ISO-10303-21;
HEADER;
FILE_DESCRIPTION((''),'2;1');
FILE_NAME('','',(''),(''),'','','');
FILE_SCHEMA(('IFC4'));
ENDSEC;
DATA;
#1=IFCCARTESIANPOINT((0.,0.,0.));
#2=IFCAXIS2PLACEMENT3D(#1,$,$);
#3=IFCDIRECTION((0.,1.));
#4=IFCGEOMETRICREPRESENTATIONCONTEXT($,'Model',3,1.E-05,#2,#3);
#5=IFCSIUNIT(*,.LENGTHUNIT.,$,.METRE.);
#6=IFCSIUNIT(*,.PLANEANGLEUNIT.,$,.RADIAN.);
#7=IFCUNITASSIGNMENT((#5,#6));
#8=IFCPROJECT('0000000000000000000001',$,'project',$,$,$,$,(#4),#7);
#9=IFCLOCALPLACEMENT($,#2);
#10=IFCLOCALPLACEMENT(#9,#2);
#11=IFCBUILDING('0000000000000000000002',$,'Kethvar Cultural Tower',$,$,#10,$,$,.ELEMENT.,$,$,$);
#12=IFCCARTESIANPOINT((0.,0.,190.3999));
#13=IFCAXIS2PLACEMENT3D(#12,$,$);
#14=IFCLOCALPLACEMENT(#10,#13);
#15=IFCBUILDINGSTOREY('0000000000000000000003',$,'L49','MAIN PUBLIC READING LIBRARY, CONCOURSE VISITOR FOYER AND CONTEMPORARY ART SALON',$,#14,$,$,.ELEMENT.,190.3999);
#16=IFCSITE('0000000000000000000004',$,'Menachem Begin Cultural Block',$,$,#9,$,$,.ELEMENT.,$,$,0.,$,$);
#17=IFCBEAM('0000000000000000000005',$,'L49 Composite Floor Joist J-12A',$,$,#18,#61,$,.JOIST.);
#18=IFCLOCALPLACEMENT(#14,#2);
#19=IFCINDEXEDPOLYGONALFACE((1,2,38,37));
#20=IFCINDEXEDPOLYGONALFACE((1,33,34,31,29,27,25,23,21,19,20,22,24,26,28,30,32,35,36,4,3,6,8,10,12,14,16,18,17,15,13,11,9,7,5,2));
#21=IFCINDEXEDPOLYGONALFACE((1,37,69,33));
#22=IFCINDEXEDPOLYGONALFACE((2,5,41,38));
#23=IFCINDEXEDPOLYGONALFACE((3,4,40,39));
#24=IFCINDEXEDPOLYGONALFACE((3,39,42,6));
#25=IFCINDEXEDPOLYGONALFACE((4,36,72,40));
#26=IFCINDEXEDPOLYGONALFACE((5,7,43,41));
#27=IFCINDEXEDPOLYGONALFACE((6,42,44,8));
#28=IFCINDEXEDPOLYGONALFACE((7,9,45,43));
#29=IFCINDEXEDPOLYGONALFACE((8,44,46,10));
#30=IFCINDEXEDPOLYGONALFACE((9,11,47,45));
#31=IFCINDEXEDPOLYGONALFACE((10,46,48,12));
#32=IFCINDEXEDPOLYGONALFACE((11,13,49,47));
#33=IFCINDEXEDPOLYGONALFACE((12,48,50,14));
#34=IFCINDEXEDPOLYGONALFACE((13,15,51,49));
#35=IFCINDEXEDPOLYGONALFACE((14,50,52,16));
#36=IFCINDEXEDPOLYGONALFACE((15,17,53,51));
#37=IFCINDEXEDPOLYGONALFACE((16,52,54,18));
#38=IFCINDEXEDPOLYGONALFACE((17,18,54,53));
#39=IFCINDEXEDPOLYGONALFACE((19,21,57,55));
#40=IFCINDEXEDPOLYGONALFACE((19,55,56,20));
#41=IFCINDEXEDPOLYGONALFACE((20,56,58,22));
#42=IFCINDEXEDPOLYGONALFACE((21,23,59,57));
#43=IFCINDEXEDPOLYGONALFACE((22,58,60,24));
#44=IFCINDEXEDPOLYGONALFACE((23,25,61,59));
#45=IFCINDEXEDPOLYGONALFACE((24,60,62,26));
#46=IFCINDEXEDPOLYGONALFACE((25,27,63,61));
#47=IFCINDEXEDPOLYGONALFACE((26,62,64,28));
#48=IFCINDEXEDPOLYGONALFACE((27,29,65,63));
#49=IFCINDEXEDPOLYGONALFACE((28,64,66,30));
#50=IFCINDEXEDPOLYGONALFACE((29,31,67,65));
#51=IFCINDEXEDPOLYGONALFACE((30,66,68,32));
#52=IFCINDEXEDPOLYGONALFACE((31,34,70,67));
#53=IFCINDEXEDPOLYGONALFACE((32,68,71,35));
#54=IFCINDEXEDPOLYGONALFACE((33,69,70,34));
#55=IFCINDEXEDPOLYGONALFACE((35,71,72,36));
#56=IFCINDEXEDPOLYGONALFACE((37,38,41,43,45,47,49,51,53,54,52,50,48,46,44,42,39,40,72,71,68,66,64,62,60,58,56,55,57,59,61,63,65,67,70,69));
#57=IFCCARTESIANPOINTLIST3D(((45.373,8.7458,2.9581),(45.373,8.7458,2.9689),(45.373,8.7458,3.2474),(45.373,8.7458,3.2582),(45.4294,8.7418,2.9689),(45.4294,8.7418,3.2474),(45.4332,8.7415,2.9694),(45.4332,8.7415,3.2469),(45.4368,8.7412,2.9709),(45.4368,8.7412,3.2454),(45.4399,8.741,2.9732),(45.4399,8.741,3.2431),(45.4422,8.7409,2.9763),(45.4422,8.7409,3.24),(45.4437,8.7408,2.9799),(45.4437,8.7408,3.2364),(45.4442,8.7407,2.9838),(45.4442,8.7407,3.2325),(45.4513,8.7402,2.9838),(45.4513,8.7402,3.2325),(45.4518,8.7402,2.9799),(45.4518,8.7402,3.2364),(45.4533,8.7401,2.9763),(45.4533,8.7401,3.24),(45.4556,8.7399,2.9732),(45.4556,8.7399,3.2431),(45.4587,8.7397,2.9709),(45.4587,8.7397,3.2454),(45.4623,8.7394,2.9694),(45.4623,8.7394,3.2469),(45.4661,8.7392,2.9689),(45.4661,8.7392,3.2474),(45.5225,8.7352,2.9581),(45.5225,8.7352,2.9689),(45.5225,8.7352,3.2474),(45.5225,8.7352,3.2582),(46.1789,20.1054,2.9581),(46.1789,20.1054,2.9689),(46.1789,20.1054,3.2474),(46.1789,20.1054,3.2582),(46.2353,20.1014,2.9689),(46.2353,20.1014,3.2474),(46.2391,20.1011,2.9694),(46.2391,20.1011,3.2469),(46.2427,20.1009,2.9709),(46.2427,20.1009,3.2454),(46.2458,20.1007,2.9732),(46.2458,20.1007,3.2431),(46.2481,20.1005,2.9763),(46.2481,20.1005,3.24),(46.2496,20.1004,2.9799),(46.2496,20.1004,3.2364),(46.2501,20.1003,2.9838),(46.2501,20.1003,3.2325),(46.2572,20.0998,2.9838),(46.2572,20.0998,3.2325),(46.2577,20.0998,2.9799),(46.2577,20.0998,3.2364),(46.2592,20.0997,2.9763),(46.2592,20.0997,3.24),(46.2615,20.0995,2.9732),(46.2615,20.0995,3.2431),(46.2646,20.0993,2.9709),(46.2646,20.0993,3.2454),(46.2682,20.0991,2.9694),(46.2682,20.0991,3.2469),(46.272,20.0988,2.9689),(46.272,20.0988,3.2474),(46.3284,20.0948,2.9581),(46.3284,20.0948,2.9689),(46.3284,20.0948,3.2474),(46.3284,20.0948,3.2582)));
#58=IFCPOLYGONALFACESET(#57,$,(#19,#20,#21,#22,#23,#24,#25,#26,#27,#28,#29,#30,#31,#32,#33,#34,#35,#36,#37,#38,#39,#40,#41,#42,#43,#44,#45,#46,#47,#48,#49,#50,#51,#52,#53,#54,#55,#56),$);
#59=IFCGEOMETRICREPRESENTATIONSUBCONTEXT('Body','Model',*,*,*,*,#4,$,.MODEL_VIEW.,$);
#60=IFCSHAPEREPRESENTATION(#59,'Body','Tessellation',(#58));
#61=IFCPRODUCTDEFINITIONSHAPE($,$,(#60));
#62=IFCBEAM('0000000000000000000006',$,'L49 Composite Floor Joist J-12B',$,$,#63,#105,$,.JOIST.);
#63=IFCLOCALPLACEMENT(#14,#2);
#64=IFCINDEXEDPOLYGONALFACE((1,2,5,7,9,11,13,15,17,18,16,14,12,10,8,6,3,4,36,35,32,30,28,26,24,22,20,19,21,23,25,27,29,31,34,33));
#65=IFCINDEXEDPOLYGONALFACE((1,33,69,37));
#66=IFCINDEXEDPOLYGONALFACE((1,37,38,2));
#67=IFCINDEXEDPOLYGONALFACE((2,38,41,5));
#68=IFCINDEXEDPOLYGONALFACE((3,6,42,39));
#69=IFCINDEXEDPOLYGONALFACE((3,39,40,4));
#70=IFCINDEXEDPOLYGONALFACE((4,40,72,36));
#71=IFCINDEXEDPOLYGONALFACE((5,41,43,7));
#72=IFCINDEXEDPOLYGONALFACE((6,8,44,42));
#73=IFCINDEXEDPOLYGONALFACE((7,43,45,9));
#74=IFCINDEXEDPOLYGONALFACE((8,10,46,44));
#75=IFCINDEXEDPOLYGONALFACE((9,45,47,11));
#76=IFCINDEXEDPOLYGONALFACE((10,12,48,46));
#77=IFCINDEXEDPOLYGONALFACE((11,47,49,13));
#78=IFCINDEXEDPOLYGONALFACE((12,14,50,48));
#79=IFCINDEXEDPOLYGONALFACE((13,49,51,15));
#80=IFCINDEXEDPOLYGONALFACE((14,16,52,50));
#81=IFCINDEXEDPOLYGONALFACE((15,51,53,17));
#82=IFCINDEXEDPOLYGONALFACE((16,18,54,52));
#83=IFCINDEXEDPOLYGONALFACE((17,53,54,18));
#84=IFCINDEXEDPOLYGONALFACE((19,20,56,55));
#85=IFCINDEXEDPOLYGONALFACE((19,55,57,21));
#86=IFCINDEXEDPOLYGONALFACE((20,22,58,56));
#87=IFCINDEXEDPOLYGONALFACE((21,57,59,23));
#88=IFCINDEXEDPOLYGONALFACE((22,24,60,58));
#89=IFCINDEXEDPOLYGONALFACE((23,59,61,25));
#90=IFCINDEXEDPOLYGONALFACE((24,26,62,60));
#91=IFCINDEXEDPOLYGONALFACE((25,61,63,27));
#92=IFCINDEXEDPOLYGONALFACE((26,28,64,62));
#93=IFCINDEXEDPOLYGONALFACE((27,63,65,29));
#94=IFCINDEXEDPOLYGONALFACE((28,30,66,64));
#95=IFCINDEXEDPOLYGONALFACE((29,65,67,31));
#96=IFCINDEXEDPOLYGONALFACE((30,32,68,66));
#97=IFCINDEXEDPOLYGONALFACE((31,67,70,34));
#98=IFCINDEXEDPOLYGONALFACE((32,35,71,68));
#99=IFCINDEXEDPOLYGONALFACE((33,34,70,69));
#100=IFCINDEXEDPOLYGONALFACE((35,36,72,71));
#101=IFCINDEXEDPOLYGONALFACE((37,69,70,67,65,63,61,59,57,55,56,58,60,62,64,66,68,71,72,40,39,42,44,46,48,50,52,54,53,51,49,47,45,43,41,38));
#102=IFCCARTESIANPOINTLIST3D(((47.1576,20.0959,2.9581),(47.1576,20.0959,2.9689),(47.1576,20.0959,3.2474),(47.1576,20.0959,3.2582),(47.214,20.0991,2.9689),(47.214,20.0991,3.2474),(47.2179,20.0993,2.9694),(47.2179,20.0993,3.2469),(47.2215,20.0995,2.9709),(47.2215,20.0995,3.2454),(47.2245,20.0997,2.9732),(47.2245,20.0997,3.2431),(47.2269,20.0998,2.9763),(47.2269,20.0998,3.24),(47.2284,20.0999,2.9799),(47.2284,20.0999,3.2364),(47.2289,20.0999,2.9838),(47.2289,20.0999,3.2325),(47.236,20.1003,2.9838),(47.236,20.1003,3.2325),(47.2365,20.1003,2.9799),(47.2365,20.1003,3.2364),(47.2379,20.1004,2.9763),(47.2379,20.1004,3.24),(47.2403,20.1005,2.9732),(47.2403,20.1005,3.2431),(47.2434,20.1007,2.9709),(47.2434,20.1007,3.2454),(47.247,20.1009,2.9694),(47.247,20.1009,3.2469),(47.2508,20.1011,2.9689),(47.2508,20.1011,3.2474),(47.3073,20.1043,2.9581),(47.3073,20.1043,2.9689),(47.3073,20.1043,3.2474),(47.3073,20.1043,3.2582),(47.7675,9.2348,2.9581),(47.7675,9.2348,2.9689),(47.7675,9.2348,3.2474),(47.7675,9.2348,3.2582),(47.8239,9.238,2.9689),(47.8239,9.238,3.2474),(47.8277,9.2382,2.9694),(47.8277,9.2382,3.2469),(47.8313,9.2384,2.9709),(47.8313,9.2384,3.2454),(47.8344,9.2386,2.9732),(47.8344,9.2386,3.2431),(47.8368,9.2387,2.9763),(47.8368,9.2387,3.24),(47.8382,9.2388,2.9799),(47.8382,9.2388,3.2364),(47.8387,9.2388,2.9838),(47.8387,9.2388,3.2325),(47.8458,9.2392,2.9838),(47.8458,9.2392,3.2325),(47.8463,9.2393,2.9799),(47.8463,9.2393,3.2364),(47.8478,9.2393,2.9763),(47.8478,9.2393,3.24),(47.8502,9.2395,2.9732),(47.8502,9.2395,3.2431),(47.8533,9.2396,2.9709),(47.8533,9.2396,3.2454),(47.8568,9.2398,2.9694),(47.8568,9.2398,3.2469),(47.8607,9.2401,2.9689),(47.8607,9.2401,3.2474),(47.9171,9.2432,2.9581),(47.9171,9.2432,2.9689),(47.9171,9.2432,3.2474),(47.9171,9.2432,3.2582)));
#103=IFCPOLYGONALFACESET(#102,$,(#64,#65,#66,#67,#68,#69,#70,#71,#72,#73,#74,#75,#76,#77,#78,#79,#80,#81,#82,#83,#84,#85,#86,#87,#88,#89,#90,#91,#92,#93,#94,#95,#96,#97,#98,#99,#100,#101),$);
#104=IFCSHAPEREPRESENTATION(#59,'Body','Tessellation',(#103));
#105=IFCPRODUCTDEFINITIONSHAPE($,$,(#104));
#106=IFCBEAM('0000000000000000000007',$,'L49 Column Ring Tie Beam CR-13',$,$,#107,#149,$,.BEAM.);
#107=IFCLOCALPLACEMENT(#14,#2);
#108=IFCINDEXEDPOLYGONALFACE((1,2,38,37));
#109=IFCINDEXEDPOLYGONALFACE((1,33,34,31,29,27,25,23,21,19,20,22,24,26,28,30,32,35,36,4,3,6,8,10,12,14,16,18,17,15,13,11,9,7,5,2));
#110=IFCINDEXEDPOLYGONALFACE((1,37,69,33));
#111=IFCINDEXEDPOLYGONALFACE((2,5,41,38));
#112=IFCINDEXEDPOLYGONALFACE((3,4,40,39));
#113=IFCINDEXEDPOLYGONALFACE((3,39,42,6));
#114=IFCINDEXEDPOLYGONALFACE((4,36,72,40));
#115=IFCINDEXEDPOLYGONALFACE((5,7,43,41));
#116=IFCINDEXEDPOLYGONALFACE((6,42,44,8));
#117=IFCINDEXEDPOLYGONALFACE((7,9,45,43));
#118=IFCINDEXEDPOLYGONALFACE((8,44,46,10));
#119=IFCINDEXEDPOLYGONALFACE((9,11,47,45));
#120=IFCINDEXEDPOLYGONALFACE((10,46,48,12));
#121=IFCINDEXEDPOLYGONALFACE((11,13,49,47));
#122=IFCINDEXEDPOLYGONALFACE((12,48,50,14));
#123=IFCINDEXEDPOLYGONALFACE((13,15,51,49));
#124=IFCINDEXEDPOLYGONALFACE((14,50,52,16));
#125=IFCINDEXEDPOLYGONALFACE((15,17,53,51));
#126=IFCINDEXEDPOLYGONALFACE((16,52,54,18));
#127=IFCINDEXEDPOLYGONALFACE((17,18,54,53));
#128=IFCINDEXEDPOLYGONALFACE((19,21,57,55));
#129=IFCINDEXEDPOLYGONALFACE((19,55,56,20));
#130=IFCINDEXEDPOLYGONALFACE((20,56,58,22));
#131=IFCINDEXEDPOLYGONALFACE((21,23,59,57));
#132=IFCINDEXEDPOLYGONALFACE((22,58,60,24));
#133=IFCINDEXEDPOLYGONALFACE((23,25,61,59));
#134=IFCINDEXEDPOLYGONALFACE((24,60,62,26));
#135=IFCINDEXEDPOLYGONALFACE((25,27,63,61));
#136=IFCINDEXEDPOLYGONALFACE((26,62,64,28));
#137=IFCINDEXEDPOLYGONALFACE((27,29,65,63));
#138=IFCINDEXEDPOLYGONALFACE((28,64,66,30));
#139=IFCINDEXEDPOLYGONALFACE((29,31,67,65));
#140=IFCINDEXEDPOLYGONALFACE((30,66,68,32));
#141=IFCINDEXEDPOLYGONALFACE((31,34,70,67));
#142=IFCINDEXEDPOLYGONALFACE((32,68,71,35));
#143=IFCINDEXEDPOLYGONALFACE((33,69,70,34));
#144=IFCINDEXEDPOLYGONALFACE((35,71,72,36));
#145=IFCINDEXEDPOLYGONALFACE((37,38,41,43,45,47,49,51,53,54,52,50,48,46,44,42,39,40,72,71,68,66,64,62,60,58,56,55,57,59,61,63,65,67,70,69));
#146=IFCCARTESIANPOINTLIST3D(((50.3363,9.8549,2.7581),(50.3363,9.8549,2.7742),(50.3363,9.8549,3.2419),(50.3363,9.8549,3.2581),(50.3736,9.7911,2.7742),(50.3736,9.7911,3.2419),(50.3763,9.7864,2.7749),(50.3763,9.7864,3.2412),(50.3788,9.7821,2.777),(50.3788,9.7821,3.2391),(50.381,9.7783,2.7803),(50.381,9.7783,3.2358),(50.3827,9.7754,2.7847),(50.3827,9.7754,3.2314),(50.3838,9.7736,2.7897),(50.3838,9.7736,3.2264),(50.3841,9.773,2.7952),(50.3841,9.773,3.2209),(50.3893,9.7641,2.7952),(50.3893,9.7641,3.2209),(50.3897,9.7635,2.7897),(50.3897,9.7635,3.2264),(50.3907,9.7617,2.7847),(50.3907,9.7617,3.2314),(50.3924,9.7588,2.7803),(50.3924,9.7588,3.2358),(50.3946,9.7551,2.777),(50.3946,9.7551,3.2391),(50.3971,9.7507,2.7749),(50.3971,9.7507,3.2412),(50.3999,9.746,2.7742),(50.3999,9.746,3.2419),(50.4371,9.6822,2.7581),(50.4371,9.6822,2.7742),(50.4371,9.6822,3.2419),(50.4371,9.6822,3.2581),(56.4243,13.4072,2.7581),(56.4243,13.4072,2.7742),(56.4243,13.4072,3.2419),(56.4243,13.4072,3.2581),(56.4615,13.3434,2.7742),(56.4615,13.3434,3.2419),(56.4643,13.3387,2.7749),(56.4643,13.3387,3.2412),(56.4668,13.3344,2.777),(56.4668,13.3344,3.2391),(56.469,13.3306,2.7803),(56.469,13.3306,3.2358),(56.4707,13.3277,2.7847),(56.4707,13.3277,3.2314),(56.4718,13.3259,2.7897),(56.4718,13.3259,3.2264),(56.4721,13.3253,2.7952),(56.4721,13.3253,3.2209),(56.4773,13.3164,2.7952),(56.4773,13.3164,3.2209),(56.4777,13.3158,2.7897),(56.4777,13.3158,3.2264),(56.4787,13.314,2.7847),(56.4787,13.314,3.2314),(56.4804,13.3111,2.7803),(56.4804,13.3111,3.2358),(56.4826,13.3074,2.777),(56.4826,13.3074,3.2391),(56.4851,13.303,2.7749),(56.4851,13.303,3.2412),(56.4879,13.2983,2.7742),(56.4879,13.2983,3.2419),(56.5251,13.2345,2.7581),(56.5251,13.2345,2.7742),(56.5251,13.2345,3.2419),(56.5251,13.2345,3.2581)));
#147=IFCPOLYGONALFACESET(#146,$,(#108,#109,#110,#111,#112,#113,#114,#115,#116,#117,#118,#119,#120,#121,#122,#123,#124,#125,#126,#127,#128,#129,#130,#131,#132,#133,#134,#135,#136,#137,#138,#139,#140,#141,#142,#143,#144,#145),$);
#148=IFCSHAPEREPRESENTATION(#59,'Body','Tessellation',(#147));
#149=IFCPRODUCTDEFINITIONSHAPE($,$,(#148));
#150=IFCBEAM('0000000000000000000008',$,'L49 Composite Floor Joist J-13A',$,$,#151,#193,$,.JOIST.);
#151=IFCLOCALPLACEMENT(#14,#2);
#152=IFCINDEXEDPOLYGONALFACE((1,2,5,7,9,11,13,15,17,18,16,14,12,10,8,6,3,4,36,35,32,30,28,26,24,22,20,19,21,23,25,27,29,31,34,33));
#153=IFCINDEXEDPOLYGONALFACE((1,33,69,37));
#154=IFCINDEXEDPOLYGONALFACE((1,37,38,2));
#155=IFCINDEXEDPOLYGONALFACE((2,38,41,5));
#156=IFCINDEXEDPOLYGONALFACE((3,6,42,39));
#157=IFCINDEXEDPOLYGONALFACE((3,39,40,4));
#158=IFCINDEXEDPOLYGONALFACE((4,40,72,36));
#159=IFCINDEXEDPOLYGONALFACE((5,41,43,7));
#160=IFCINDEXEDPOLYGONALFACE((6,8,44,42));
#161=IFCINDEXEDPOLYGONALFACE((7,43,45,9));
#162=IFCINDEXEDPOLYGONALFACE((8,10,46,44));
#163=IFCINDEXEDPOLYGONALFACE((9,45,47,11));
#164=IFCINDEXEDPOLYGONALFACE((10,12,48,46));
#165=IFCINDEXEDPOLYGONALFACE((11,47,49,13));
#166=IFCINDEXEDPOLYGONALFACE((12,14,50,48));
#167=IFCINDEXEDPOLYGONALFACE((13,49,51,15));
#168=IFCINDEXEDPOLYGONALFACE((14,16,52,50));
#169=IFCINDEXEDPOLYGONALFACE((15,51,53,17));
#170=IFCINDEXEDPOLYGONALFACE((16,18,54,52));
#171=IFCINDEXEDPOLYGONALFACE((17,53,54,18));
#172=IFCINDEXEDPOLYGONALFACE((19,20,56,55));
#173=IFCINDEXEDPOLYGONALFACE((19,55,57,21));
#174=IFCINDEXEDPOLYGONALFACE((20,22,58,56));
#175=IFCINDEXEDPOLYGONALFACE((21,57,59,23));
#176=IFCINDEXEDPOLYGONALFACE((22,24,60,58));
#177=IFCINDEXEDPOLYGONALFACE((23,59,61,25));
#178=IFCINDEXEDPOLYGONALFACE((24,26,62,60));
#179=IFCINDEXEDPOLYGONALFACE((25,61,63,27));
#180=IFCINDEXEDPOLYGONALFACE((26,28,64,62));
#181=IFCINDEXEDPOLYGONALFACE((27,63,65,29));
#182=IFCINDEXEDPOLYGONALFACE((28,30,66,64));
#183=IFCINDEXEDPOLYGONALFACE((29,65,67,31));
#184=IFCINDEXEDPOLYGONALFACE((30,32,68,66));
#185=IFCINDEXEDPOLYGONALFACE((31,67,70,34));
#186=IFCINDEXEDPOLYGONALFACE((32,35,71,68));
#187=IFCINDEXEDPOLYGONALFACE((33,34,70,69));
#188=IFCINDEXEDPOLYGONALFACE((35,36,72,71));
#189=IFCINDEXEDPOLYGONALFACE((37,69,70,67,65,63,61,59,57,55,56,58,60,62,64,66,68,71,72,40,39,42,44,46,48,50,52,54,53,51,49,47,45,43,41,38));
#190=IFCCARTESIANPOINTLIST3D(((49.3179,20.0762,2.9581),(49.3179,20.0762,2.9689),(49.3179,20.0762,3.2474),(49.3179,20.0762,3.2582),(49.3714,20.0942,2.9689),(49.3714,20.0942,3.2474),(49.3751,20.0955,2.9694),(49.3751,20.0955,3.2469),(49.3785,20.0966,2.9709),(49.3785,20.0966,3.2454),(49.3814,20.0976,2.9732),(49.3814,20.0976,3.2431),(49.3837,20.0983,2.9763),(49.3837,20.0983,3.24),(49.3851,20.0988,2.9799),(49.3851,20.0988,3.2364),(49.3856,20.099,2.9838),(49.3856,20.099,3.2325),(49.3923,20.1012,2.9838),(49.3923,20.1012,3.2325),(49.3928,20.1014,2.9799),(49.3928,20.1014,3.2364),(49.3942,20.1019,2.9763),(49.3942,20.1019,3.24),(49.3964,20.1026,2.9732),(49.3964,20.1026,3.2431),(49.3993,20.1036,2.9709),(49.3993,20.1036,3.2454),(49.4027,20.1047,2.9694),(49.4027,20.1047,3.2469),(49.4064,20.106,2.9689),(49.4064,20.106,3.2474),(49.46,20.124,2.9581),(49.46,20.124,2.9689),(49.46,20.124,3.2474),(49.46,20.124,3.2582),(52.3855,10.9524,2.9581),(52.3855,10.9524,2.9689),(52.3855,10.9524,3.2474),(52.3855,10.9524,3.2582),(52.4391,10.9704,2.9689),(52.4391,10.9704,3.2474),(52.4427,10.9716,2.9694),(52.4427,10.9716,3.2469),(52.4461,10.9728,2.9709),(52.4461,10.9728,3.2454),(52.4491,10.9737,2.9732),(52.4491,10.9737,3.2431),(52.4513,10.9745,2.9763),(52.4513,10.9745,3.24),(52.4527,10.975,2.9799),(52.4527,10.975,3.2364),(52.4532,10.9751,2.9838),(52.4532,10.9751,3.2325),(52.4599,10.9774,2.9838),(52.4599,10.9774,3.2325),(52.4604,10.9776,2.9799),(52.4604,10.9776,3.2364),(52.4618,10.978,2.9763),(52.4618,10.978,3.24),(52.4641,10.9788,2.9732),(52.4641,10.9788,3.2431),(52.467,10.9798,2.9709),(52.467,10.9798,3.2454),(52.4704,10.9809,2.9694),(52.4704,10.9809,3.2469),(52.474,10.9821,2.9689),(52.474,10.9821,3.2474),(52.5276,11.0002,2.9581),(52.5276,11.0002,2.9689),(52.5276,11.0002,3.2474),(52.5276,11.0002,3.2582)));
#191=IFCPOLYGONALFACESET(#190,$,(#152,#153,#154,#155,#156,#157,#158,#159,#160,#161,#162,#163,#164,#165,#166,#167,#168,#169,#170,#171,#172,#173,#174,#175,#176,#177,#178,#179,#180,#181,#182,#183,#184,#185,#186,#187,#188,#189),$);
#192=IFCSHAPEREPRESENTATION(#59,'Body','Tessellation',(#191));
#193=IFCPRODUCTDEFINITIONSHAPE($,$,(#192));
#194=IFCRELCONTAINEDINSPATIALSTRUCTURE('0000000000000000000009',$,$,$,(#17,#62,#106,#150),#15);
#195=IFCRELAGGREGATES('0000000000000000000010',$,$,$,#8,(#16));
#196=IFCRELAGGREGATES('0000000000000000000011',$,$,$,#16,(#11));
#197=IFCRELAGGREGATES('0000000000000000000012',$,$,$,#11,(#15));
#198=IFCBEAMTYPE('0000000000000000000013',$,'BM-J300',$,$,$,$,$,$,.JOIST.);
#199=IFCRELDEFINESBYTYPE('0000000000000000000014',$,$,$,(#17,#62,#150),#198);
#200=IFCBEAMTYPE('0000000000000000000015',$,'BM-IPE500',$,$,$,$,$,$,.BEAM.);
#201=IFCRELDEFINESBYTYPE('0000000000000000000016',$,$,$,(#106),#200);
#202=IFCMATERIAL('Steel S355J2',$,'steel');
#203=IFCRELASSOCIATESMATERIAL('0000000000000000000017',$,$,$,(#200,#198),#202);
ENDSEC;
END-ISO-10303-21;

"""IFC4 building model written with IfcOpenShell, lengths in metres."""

from ifc_helpers import new_model, si_unit, direction, frame, origin, origin_2d, place, context, subcontext, project, spatial, i_section, extrude, source, transform, mapped, material, material_profile, profile_set, type_object, element, save


model = new_model("IFC4")

# Units and contexts
model_context = context("Model", 3, precision=1e-05, world=origin(), true_north=direction((0.0, 1.0)))
body_context = subcontext(model_context, "Body", "Model", "MODEL_VIEW")
ifc_project = project(units=[si_unit("LENGTHUNIT", "METRE"), si_unit("PLANEANGLEUNIT", "RADIAN")], contexts=[model_context])

# Site, building, storey
site_placement = place(None, origin())
site = spatial("IfcSite", under=ifc_project, at=site_placement, Name="Menachem Begin Cultural Block", CompositionType="ELEMENT", RefElevation=0.0)
building_placement = place(site_placement, origin())
building = spatial("IfcBuilding", under=site, at=building_placement, Name="Kethvar Cultural Tower", CompositionType="ELEMENT")
storey_placement = place(building_placement, frame((0.0, 0.0, 190.3999)))
storey = spatial("IfcBuildingStorey", under=building, at=storey_placement, Name="L49", Description="MAIN PUBLIC READING LIBRARY, CONCOURSE VISITOR FOYER AND CONTEMPORARY ART SALON", CompositionType="ELEMENT", Elevation=190.3999)

# Beams
ifc_material_1 = material(Name="Steel S355J2", Category="steel")
ifc_material_profile_1 = material_profile(ifc_material_1, i_section(OverallWidth=0.2, OverallDepth=0.5, WebThickness=0.0103, FlangeThickness=0.0161, FilletRadius=0.021, at=origin_2d()), Name="Steel S355J2 — IPE500")
ifc_profile_set_1 = profile_set([ifc_material_profile_1], Name="Steel S355J2 — IPE500")
beam_type_1 = type_object("IfcBeamType", Name="BM-IPE500", PredefinedType="BEAM", material=ifc_profile_set_1)
ifc_material_profile_2 = material_profile(ifc_material_1, i_section(OverallWidth=0.1499, OverallDepth=0.3, WebThickness=0.0071, FlangeThickness=0.0107, FilletRadius=0.0149, at=origin_2d()), Name="Steel S355J2 — IPE300")
ifc_profile_set_2 = profile_set([ifc_material_profile_2], Name="Steel S355J2 — IPE300")
beam_type_2 = type_object("IfcBeamType", Name="BM-J300", PredefinedType="JOIST", material=ifc_profile_set_2)
shared_shape_1 = source(origin(), body_context, "Body", "SweptSolid", [
    extrude(i_section(OverallWidth=0.1499, OverallDepth=0.3, WebThickness=0.0071, FlangeThickness=0.0107, FilletRadius=0.0149, at=origin_2d()), origin(), (0.0, 0.0, 1.0), 11.3882),
])
beam_1_placement = place(storey_placement, frame((46.2537, 20.1001, 3.1082), z_axis=(-0.070767, -0.997493, 0.0), x_axis=(0.997493, -0.070767, 0.0)))
element("IfcBeam", 1, at=beam_1_placement, inside=storey, type_object=beam_type_2, Name="L49 Composite Floor Joist J-12A", PredefinedType="JOIST", context=body_context, shape_type="MappedRepresentation", body=[
    mapped(shared_shape_1, transform((0.0, 0.0, 0.0), scale=1.0)),
])
shared_shape_2 = source(origin(), body_context, "Body", "SweptSolid", [
    extrude(i_section(OverallWidth=0.1499, OverallDepth=0.3, WebThickness=0.0071, FlangeThickness=0.0107, FilletRadius=0.0149, at=origin_2d()), origin(), (0.0, 0.0, 1.0), 10.8782),
])
beam_2_placement = place(storey_placement, frame((47.2324, 20.1001, 3.1082), z_axis=(0.056063, -0.998427, 0.0), x_axis=(0.998427, 0.056063, 0.0)))
element("IfcBeam", 2, at=beam_2_placement, inside=storey, type_object=beam_type_2, Name="L49 Composite Floor Joist J-12B", PredefinedType="JOIST", context=body_context, shape_type="MappedRepresentation", body=[
    mapped(shared_shape_2, transform((0.0, 0.0, 0.0), scale=1.0)),
])
shared_shape_3 = source(origin(), body_context, "Body", "SweptSolid", [
    extrude(i_section(OverallWidth=0.2, OverallDepth=0.5, WebThickness=0.0103, FlangeThickness=0.0161, FilletRadius=0.021, at=origin_2d()), origin(), (0.0, 0.0, 1.0), 7.0486),
])
beam_3_placement = place(storey_placement, frame((50.3867, 9.7686, 3.0081), z_axis=(0.863719, 0.503974, 0.0), x_axis=(-0.503974, 0.863719, 0.0)))
element("IfcBeam", 3, at=beam_3_placement, inside=storey, type_object=beam_type_1, Name="L49 Column Ring Tie Beam CR-13", PredefinedType="BEAM", context=body_context, shape_type="MappedRepresentation", body=[
    mapped(shared_shape_3, transform((0.0, 0.0, 0.0), scale=1.0)),
])
shared_shape_4 = source(origin(), body_context, "Body", "SweptSolid", [
    extrude(i_section(OverallWidth=0.1499, OverallDepth=0.3, WebThickness=0.0071, FlangeThickness=0.0107, FilletRadius=0.0149, at=origin_2d()), origin(), (0.0, 0.0, 1.0), 9.6257),
])
beam_4_placement = place(storey_placement, frame((49.3889, 20.1001, 3.1082), z_axis=(0.318692, -0.947858, 0.0), x_axis=(0.947858, 0.318692, 0.0)))
element("IfcBeam", 4, at=beam_4_placement, inside=storey, type_object=beam_type_2, Name="L49 Composite Floor Joist J-13A", PredefinedType="JOIST", context=body_context, shape_type="MappedRepresentation", body=[
    mapped(shared_shape_4, transform((0.0, 0.0, 0.0), scale=1.0)),
])

save(model, "model.ifc")
